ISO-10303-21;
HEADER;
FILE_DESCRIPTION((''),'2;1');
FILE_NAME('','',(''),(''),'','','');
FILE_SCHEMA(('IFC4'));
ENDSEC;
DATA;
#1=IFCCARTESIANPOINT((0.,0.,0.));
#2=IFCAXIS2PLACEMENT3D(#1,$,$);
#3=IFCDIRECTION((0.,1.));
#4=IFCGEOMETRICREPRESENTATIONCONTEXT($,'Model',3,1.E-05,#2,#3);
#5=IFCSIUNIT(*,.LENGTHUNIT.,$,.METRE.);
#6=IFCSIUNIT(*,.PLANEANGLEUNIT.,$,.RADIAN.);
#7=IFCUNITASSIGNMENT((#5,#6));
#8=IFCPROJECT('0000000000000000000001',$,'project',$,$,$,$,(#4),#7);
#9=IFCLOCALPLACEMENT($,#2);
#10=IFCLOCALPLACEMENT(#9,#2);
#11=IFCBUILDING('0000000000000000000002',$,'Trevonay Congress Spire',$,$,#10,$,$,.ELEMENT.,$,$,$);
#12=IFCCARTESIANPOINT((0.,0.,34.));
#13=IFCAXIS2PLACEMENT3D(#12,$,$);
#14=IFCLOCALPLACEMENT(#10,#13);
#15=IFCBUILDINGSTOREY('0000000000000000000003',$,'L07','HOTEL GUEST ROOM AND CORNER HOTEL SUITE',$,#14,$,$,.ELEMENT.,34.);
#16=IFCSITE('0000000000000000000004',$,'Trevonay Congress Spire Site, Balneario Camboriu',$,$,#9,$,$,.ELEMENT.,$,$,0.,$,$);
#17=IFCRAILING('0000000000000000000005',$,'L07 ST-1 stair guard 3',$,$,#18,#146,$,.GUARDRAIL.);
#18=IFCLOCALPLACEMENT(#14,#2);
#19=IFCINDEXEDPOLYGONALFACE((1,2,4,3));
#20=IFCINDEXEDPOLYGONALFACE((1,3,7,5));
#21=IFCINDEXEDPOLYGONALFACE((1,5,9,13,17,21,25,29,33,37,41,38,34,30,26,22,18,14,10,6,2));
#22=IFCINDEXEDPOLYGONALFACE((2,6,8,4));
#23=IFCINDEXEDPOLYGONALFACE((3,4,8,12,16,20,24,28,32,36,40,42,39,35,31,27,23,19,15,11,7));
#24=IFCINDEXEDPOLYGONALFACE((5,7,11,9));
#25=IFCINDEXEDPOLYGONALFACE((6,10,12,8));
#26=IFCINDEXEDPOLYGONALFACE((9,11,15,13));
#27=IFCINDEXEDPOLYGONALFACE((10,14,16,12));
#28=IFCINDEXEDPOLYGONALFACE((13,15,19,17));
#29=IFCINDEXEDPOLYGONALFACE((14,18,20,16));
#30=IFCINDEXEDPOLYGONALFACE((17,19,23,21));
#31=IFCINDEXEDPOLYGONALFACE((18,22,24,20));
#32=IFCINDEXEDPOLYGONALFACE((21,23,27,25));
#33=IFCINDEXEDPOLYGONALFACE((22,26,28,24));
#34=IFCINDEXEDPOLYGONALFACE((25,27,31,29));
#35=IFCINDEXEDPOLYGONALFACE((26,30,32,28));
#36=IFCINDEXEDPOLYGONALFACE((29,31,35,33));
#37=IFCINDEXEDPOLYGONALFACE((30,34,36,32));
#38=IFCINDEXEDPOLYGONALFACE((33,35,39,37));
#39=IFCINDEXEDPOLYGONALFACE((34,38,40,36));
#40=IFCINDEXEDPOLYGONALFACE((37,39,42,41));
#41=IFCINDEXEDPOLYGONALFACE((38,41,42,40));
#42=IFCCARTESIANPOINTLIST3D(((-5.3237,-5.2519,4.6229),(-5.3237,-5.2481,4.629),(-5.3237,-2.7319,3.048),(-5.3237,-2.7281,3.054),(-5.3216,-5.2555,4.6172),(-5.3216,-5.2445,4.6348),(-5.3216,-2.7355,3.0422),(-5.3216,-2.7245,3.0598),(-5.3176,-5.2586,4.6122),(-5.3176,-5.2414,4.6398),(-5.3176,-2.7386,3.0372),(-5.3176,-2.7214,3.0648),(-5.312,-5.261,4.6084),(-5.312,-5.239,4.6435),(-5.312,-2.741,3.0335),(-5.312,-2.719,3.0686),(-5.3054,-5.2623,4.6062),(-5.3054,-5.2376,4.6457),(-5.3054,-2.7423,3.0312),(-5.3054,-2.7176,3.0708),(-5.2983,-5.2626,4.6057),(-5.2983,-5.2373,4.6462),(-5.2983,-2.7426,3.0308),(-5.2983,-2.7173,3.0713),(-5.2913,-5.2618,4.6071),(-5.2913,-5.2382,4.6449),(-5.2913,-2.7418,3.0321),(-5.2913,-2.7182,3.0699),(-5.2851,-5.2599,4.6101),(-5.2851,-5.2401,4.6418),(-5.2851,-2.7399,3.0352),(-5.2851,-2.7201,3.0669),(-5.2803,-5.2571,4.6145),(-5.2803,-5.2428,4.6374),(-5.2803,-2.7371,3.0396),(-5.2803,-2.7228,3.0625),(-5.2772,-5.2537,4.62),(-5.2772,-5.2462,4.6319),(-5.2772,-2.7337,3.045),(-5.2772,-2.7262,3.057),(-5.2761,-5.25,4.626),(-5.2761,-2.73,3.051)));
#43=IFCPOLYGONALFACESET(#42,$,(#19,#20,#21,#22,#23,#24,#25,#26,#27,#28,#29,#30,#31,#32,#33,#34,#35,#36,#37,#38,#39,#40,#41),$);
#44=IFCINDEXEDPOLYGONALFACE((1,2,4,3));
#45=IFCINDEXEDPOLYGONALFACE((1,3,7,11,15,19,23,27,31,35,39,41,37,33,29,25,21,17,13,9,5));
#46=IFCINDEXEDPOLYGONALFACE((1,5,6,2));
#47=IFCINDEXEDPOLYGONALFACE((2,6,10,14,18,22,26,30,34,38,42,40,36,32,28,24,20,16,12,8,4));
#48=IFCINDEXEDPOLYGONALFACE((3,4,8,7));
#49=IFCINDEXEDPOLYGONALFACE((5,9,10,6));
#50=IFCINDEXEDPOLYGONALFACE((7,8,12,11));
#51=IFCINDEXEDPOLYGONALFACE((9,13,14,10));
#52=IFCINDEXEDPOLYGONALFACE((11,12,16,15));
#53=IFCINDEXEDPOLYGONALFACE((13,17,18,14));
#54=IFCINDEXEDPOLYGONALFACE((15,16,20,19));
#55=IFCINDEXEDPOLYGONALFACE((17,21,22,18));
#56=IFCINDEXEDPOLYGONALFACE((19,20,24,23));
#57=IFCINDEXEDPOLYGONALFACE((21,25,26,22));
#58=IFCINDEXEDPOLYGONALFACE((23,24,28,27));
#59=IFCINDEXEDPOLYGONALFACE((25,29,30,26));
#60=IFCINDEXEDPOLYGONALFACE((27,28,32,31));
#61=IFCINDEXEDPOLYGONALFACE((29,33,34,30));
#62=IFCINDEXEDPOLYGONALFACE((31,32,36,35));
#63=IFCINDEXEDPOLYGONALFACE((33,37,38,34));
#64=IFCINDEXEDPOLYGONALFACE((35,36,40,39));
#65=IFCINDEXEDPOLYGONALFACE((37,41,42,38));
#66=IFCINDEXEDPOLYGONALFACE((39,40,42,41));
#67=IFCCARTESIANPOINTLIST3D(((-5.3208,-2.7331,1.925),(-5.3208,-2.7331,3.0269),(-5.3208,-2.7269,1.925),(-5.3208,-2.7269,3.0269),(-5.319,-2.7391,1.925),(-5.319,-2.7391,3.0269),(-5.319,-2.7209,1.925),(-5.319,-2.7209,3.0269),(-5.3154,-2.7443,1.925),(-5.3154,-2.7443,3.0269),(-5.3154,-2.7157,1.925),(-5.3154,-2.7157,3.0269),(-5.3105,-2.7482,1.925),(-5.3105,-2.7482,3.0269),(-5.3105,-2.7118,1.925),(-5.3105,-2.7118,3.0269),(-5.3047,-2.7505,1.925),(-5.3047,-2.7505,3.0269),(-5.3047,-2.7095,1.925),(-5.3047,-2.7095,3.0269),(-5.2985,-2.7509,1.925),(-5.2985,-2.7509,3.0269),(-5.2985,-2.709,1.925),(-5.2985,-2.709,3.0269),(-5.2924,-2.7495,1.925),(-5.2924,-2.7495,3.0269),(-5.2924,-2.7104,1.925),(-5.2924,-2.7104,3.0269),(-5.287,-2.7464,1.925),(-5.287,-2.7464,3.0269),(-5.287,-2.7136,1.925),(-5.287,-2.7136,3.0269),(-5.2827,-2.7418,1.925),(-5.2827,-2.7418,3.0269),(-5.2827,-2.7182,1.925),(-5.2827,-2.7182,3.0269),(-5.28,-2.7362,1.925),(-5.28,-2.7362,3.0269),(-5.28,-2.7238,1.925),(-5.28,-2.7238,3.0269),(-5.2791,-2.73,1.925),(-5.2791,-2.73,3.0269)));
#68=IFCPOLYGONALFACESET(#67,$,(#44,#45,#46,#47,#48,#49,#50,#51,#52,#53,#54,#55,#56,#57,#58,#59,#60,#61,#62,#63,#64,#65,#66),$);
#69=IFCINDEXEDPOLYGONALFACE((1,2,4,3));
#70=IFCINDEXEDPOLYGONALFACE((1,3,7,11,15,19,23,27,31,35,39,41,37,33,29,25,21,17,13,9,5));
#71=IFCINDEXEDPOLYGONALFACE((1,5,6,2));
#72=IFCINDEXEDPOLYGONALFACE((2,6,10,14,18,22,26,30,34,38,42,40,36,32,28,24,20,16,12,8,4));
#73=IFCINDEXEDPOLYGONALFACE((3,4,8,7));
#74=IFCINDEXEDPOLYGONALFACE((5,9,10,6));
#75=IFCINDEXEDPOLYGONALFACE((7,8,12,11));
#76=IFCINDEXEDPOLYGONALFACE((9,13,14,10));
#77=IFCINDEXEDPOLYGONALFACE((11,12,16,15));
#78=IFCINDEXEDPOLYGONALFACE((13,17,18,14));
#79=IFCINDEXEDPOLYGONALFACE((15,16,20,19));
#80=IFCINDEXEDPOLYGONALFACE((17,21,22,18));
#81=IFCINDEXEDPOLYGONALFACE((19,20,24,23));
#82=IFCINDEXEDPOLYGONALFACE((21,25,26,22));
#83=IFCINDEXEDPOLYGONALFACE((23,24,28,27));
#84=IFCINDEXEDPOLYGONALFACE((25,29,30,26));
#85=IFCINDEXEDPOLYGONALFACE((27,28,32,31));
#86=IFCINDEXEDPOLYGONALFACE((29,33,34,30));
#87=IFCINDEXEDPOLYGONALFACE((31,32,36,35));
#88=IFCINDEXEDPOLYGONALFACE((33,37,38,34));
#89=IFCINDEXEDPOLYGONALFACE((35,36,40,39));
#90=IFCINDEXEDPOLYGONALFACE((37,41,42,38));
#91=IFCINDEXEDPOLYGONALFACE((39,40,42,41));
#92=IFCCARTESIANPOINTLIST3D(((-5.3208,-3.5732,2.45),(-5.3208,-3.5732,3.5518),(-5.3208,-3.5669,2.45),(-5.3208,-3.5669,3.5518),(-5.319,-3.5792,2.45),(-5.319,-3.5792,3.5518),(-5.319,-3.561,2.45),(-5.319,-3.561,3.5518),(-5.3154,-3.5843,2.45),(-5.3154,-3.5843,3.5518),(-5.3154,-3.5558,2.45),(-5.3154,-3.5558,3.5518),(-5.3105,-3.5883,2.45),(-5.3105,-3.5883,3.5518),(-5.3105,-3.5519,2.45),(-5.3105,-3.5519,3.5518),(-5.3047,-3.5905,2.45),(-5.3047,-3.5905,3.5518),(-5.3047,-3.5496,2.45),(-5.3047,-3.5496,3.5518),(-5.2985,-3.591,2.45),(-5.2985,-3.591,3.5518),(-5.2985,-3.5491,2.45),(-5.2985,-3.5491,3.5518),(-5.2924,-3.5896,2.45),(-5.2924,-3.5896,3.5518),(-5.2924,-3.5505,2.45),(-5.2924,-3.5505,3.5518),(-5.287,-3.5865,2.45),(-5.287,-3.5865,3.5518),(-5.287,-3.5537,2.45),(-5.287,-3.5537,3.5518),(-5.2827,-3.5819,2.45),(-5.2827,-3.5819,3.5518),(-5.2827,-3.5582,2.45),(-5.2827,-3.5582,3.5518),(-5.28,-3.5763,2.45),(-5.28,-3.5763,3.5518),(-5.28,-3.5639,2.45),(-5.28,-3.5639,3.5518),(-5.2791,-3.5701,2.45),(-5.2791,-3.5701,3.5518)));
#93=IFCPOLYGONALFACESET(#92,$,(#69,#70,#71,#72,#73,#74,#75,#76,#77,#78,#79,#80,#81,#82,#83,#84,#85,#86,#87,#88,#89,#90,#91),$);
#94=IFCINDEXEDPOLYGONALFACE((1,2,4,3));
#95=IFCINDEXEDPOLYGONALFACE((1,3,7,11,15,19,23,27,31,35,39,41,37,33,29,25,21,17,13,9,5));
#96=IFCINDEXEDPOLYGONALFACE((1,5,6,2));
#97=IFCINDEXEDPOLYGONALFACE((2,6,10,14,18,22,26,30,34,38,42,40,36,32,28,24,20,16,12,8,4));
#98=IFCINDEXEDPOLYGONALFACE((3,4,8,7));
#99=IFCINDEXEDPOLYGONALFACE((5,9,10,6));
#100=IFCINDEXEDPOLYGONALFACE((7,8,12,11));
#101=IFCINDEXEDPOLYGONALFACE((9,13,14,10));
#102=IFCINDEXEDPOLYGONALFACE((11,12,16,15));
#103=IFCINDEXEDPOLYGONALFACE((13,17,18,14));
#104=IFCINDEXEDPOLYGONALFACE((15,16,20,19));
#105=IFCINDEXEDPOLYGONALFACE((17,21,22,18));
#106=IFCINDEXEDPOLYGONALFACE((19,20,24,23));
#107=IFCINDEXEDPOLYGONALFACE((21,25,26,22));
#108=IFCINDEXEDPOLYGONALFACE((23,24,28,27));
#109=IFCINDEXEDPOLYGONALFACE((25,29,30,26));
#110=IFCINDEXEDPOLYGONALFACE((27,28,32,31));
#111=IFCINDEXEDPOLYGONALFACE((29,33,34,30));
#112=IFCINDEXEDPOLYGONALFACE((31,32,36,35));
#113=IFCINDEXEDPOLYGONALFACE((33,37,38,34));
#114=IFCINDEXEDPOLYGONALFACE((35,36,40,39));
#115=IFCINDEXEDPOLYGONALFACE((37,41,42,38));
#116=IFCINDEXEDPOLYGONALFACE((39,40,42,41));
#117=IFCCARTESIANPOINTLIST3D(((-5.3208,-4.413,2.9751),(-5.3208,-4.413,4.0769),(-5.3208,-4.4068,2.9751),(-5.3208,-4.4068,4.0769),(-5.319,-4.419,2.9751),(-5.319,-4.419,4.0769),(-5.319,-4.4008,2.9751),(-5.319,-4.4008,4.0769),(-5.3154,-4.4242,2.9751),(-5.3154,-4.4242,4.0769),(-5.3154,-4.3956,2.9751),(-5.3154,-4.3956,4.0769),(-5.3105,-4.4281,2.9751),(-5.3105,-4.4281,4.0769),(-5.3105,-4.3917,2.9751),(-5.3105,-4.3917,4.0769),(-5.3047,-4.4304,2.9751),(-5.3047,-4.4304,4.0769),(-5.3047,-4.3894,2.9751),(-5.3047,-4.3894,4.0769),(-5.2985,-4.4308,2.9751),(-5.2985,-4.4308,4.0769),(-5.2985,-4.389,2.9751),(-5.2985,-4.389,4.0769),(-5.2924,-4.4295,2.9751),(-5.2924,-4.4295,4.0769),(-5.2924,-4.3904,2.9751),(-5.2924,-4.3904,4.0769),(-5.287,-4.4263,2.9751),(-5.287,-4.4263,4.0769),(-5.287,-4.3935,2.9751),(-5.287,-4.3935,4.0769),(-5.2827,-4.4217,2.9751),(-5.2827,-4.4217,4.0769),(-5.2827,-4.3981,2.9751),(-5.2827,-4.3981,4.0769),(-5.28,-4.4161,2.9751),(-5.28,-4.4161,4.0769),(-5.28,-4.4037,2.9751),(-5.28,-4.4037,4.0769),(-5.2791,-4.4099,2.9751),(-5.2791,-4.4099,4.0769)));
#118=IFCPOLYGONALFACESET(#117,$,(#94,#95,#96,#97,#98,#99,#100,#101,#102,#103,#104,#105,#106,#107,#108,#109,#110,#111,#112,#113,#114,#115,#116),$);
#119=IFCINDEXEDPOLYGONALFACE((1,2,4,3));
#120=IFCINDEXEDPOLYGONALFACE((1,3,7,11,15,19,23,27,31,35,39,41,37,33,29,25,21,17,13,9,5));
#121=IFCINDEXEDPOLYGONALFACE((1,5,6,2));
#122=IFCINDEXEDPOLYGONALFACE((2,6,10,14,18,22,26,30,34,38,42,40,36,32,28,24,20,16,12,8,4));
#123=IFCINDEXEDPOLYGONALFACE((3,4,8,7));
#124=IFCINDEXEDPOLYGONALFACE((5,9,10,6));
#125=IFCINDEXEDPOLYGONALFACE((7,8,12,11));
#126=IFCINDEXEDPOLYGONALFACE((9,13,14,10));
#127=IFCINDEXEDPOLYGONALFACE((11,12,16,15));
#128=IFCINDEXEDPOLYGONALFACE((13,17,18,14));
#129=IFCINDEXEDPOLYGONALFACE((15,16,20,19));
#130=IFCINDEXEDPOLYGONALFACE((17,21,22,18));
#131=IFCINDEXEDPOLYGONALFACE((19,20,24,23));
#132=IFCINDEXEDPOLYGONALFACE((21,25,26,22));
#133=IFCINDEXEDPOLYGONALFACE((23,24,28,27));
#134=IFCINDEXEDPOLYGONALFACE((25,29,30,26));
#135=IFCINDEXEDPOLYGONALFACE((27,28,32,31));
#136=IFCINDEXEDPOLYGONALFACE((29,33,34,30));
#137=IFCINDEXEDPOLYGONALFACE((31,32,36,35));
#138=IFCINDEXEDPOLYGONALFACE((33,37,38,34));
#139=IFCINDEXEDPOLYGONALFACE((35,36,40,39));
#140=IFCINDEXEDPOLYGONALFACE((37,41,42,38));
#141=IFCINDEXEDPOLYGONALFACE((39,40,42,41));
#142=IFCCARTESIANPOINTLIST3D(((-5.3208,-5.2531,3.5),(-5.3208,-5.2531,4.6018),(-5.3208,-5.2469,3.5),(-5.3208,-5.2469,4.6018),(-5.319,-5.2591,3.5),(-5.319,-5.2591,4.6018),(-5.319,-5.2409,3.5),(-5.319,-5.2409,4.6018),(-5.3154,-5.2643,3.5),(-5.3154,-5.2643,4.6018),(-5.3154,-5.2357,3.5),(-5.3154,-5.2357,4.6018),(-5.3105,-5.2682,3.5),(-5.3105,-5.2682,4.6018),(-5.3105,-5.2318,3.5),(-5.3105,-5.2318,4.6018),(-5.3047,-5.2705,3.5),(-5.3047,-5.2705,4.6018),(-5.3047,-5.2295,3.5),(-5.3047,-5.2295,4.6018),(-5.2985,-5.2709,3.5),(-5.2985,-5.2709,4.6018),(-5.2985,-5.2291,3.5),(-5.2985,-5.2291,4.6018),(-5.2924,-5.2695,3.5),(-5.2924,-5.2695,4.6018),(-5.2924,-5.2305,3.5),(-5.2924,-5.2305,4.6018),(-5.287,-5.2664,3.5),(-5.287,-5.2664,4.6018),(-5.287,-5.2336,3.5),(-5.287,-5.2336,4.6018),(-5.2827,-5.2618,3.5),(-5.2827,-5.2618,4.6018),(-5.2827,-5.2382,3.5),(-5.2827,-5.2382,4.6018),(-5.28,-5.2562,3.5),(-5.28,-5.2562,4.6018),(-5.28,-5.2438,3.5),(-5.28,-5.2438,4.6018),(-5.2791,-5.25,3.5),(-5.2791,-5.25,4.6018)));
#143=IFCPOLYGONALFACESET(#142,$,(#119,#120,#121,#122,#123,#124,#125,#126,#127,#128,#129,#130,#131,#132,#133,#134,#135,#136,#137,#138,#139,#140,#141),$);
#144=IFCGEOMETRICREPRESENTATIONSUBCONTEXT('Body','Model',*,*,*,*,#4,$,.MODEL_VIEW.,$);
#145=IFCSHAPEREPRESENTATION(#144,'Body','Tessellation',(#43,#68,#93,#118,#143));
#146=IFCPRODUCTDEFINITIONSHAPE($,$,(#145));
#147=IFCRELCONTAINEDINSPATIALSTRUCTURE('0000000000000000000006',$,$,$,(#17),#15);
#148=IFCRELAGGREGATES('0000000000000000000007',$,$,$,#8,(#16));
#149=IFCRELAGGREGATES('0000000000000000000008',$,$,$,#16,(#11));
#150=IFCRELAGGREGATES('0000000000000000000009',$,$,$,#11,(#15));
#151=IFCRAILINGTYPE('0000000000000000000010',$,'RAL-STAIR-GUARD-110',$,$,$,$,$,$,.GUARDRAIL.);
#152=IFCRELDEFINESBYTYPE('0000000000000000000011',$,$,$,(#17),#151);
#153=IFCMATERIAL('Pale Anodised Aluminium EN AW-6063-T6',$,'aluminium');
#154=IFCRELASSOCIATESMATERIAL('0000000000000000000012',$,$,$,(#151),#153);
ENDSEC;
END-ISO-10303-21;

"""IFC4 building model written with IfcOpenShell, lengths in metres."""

from ifc_helpers import new_model, si_unit, direction, frame, origin, origin_2d, place, context, subcontext, project, spatial, circle, extrude, material, type_object, element, save


model = new_model("IFC4")

# Units and contexts
model_context = context("Model", 3, precision=1e-05, world=origin(), true_north=direction((0.0, 1.0)))
body_context = subcontext(model_context, "Body", "Model", "MODEL_VIEW")
ifc_project = project(units=[si_unit("LENGTHUNIT", "METRE"), si_unit("PLANEANGLEUNIT", "RADIAN")], contexts=[model_context])

# Site, building, storey
site_placement = place(None, origin())
site = spatial("IfcSite", under=ifc_project, at=site_placement, Name="Trevonay Congress Spire Site, Balneario Camboriu", CompositionType="ELEMENT", RefElevation=0.0)
building_placement = place(site_placement, origin())
building = spatial("IfcBuilding", under=site, at=building_placement, Name="Trevonay Congress Spire", CompositionType="ELEMENT")
storey_placement = place(building_placement, frame((0.0, 0.0, 34.0)))
storey = spatial("IfcBuildingStorey", under=building, at=storey_placement, Name="L07", Description="HOTEL GUEST ROOM AND CORNER HOTEL SUITE", CompositionType="ELEMENT", Elevation=34.0)

# Shared definitions
ifc_material_1 = material(Name="Pale Anodised Aluminium EN AW-6063-T6", Category="aluminium")

# Railing
railing_type_1 = type_object("IfcRailingType", Name="RAL-STAIR-GUARD-110", PredefinedType="GUARDRAIL", material=ifc_material_1)
railing_1_placement = place(storey_placement, frame((-5.3, -2.73, 1.925)))
element("IfcRailing", 1, at=railing_1_placement, inside=storey, type_object=railing_type_1, Name="L07 ST-1 stair guard 3", PredefinedType="GUARDRAIL", context=body_context, shape_type="SweptSolid", body=[
    extrude(circle(Radius=0.0239, at=origin_2d()), frame((0.0, 0.0, 1.126), z_axis=(0.0, -0.848008, 0.529984), x_axis=(1.0, 0.0, 0.0)), (0.0, 0.0, 1.0), 2.9717),
    extrude(circle(Radius=0.021, at=origin_2d()), origin(), (0.0, 0.0, 1.0), 1.1018),
    extrude(circle(Radius=0.021, at=origin_2d()), frame((0.0, -0.8401, 0.5249)), (0.0, 0.0, 1.0), 1.1018),
    extrude(circle(Radius=0.021, at=origin_2d()), frame((0.0, -1.6799, 1.05)), (0.0, 0.0, 1.0), 1.1018),
    extrude(circle(Radius=0.021, at=origin_2d()), frame((0.0, -2.52, 1.575)), (0.0, 0.0, 1.0), 1.1018),
])

save(model, "model.ifc")
